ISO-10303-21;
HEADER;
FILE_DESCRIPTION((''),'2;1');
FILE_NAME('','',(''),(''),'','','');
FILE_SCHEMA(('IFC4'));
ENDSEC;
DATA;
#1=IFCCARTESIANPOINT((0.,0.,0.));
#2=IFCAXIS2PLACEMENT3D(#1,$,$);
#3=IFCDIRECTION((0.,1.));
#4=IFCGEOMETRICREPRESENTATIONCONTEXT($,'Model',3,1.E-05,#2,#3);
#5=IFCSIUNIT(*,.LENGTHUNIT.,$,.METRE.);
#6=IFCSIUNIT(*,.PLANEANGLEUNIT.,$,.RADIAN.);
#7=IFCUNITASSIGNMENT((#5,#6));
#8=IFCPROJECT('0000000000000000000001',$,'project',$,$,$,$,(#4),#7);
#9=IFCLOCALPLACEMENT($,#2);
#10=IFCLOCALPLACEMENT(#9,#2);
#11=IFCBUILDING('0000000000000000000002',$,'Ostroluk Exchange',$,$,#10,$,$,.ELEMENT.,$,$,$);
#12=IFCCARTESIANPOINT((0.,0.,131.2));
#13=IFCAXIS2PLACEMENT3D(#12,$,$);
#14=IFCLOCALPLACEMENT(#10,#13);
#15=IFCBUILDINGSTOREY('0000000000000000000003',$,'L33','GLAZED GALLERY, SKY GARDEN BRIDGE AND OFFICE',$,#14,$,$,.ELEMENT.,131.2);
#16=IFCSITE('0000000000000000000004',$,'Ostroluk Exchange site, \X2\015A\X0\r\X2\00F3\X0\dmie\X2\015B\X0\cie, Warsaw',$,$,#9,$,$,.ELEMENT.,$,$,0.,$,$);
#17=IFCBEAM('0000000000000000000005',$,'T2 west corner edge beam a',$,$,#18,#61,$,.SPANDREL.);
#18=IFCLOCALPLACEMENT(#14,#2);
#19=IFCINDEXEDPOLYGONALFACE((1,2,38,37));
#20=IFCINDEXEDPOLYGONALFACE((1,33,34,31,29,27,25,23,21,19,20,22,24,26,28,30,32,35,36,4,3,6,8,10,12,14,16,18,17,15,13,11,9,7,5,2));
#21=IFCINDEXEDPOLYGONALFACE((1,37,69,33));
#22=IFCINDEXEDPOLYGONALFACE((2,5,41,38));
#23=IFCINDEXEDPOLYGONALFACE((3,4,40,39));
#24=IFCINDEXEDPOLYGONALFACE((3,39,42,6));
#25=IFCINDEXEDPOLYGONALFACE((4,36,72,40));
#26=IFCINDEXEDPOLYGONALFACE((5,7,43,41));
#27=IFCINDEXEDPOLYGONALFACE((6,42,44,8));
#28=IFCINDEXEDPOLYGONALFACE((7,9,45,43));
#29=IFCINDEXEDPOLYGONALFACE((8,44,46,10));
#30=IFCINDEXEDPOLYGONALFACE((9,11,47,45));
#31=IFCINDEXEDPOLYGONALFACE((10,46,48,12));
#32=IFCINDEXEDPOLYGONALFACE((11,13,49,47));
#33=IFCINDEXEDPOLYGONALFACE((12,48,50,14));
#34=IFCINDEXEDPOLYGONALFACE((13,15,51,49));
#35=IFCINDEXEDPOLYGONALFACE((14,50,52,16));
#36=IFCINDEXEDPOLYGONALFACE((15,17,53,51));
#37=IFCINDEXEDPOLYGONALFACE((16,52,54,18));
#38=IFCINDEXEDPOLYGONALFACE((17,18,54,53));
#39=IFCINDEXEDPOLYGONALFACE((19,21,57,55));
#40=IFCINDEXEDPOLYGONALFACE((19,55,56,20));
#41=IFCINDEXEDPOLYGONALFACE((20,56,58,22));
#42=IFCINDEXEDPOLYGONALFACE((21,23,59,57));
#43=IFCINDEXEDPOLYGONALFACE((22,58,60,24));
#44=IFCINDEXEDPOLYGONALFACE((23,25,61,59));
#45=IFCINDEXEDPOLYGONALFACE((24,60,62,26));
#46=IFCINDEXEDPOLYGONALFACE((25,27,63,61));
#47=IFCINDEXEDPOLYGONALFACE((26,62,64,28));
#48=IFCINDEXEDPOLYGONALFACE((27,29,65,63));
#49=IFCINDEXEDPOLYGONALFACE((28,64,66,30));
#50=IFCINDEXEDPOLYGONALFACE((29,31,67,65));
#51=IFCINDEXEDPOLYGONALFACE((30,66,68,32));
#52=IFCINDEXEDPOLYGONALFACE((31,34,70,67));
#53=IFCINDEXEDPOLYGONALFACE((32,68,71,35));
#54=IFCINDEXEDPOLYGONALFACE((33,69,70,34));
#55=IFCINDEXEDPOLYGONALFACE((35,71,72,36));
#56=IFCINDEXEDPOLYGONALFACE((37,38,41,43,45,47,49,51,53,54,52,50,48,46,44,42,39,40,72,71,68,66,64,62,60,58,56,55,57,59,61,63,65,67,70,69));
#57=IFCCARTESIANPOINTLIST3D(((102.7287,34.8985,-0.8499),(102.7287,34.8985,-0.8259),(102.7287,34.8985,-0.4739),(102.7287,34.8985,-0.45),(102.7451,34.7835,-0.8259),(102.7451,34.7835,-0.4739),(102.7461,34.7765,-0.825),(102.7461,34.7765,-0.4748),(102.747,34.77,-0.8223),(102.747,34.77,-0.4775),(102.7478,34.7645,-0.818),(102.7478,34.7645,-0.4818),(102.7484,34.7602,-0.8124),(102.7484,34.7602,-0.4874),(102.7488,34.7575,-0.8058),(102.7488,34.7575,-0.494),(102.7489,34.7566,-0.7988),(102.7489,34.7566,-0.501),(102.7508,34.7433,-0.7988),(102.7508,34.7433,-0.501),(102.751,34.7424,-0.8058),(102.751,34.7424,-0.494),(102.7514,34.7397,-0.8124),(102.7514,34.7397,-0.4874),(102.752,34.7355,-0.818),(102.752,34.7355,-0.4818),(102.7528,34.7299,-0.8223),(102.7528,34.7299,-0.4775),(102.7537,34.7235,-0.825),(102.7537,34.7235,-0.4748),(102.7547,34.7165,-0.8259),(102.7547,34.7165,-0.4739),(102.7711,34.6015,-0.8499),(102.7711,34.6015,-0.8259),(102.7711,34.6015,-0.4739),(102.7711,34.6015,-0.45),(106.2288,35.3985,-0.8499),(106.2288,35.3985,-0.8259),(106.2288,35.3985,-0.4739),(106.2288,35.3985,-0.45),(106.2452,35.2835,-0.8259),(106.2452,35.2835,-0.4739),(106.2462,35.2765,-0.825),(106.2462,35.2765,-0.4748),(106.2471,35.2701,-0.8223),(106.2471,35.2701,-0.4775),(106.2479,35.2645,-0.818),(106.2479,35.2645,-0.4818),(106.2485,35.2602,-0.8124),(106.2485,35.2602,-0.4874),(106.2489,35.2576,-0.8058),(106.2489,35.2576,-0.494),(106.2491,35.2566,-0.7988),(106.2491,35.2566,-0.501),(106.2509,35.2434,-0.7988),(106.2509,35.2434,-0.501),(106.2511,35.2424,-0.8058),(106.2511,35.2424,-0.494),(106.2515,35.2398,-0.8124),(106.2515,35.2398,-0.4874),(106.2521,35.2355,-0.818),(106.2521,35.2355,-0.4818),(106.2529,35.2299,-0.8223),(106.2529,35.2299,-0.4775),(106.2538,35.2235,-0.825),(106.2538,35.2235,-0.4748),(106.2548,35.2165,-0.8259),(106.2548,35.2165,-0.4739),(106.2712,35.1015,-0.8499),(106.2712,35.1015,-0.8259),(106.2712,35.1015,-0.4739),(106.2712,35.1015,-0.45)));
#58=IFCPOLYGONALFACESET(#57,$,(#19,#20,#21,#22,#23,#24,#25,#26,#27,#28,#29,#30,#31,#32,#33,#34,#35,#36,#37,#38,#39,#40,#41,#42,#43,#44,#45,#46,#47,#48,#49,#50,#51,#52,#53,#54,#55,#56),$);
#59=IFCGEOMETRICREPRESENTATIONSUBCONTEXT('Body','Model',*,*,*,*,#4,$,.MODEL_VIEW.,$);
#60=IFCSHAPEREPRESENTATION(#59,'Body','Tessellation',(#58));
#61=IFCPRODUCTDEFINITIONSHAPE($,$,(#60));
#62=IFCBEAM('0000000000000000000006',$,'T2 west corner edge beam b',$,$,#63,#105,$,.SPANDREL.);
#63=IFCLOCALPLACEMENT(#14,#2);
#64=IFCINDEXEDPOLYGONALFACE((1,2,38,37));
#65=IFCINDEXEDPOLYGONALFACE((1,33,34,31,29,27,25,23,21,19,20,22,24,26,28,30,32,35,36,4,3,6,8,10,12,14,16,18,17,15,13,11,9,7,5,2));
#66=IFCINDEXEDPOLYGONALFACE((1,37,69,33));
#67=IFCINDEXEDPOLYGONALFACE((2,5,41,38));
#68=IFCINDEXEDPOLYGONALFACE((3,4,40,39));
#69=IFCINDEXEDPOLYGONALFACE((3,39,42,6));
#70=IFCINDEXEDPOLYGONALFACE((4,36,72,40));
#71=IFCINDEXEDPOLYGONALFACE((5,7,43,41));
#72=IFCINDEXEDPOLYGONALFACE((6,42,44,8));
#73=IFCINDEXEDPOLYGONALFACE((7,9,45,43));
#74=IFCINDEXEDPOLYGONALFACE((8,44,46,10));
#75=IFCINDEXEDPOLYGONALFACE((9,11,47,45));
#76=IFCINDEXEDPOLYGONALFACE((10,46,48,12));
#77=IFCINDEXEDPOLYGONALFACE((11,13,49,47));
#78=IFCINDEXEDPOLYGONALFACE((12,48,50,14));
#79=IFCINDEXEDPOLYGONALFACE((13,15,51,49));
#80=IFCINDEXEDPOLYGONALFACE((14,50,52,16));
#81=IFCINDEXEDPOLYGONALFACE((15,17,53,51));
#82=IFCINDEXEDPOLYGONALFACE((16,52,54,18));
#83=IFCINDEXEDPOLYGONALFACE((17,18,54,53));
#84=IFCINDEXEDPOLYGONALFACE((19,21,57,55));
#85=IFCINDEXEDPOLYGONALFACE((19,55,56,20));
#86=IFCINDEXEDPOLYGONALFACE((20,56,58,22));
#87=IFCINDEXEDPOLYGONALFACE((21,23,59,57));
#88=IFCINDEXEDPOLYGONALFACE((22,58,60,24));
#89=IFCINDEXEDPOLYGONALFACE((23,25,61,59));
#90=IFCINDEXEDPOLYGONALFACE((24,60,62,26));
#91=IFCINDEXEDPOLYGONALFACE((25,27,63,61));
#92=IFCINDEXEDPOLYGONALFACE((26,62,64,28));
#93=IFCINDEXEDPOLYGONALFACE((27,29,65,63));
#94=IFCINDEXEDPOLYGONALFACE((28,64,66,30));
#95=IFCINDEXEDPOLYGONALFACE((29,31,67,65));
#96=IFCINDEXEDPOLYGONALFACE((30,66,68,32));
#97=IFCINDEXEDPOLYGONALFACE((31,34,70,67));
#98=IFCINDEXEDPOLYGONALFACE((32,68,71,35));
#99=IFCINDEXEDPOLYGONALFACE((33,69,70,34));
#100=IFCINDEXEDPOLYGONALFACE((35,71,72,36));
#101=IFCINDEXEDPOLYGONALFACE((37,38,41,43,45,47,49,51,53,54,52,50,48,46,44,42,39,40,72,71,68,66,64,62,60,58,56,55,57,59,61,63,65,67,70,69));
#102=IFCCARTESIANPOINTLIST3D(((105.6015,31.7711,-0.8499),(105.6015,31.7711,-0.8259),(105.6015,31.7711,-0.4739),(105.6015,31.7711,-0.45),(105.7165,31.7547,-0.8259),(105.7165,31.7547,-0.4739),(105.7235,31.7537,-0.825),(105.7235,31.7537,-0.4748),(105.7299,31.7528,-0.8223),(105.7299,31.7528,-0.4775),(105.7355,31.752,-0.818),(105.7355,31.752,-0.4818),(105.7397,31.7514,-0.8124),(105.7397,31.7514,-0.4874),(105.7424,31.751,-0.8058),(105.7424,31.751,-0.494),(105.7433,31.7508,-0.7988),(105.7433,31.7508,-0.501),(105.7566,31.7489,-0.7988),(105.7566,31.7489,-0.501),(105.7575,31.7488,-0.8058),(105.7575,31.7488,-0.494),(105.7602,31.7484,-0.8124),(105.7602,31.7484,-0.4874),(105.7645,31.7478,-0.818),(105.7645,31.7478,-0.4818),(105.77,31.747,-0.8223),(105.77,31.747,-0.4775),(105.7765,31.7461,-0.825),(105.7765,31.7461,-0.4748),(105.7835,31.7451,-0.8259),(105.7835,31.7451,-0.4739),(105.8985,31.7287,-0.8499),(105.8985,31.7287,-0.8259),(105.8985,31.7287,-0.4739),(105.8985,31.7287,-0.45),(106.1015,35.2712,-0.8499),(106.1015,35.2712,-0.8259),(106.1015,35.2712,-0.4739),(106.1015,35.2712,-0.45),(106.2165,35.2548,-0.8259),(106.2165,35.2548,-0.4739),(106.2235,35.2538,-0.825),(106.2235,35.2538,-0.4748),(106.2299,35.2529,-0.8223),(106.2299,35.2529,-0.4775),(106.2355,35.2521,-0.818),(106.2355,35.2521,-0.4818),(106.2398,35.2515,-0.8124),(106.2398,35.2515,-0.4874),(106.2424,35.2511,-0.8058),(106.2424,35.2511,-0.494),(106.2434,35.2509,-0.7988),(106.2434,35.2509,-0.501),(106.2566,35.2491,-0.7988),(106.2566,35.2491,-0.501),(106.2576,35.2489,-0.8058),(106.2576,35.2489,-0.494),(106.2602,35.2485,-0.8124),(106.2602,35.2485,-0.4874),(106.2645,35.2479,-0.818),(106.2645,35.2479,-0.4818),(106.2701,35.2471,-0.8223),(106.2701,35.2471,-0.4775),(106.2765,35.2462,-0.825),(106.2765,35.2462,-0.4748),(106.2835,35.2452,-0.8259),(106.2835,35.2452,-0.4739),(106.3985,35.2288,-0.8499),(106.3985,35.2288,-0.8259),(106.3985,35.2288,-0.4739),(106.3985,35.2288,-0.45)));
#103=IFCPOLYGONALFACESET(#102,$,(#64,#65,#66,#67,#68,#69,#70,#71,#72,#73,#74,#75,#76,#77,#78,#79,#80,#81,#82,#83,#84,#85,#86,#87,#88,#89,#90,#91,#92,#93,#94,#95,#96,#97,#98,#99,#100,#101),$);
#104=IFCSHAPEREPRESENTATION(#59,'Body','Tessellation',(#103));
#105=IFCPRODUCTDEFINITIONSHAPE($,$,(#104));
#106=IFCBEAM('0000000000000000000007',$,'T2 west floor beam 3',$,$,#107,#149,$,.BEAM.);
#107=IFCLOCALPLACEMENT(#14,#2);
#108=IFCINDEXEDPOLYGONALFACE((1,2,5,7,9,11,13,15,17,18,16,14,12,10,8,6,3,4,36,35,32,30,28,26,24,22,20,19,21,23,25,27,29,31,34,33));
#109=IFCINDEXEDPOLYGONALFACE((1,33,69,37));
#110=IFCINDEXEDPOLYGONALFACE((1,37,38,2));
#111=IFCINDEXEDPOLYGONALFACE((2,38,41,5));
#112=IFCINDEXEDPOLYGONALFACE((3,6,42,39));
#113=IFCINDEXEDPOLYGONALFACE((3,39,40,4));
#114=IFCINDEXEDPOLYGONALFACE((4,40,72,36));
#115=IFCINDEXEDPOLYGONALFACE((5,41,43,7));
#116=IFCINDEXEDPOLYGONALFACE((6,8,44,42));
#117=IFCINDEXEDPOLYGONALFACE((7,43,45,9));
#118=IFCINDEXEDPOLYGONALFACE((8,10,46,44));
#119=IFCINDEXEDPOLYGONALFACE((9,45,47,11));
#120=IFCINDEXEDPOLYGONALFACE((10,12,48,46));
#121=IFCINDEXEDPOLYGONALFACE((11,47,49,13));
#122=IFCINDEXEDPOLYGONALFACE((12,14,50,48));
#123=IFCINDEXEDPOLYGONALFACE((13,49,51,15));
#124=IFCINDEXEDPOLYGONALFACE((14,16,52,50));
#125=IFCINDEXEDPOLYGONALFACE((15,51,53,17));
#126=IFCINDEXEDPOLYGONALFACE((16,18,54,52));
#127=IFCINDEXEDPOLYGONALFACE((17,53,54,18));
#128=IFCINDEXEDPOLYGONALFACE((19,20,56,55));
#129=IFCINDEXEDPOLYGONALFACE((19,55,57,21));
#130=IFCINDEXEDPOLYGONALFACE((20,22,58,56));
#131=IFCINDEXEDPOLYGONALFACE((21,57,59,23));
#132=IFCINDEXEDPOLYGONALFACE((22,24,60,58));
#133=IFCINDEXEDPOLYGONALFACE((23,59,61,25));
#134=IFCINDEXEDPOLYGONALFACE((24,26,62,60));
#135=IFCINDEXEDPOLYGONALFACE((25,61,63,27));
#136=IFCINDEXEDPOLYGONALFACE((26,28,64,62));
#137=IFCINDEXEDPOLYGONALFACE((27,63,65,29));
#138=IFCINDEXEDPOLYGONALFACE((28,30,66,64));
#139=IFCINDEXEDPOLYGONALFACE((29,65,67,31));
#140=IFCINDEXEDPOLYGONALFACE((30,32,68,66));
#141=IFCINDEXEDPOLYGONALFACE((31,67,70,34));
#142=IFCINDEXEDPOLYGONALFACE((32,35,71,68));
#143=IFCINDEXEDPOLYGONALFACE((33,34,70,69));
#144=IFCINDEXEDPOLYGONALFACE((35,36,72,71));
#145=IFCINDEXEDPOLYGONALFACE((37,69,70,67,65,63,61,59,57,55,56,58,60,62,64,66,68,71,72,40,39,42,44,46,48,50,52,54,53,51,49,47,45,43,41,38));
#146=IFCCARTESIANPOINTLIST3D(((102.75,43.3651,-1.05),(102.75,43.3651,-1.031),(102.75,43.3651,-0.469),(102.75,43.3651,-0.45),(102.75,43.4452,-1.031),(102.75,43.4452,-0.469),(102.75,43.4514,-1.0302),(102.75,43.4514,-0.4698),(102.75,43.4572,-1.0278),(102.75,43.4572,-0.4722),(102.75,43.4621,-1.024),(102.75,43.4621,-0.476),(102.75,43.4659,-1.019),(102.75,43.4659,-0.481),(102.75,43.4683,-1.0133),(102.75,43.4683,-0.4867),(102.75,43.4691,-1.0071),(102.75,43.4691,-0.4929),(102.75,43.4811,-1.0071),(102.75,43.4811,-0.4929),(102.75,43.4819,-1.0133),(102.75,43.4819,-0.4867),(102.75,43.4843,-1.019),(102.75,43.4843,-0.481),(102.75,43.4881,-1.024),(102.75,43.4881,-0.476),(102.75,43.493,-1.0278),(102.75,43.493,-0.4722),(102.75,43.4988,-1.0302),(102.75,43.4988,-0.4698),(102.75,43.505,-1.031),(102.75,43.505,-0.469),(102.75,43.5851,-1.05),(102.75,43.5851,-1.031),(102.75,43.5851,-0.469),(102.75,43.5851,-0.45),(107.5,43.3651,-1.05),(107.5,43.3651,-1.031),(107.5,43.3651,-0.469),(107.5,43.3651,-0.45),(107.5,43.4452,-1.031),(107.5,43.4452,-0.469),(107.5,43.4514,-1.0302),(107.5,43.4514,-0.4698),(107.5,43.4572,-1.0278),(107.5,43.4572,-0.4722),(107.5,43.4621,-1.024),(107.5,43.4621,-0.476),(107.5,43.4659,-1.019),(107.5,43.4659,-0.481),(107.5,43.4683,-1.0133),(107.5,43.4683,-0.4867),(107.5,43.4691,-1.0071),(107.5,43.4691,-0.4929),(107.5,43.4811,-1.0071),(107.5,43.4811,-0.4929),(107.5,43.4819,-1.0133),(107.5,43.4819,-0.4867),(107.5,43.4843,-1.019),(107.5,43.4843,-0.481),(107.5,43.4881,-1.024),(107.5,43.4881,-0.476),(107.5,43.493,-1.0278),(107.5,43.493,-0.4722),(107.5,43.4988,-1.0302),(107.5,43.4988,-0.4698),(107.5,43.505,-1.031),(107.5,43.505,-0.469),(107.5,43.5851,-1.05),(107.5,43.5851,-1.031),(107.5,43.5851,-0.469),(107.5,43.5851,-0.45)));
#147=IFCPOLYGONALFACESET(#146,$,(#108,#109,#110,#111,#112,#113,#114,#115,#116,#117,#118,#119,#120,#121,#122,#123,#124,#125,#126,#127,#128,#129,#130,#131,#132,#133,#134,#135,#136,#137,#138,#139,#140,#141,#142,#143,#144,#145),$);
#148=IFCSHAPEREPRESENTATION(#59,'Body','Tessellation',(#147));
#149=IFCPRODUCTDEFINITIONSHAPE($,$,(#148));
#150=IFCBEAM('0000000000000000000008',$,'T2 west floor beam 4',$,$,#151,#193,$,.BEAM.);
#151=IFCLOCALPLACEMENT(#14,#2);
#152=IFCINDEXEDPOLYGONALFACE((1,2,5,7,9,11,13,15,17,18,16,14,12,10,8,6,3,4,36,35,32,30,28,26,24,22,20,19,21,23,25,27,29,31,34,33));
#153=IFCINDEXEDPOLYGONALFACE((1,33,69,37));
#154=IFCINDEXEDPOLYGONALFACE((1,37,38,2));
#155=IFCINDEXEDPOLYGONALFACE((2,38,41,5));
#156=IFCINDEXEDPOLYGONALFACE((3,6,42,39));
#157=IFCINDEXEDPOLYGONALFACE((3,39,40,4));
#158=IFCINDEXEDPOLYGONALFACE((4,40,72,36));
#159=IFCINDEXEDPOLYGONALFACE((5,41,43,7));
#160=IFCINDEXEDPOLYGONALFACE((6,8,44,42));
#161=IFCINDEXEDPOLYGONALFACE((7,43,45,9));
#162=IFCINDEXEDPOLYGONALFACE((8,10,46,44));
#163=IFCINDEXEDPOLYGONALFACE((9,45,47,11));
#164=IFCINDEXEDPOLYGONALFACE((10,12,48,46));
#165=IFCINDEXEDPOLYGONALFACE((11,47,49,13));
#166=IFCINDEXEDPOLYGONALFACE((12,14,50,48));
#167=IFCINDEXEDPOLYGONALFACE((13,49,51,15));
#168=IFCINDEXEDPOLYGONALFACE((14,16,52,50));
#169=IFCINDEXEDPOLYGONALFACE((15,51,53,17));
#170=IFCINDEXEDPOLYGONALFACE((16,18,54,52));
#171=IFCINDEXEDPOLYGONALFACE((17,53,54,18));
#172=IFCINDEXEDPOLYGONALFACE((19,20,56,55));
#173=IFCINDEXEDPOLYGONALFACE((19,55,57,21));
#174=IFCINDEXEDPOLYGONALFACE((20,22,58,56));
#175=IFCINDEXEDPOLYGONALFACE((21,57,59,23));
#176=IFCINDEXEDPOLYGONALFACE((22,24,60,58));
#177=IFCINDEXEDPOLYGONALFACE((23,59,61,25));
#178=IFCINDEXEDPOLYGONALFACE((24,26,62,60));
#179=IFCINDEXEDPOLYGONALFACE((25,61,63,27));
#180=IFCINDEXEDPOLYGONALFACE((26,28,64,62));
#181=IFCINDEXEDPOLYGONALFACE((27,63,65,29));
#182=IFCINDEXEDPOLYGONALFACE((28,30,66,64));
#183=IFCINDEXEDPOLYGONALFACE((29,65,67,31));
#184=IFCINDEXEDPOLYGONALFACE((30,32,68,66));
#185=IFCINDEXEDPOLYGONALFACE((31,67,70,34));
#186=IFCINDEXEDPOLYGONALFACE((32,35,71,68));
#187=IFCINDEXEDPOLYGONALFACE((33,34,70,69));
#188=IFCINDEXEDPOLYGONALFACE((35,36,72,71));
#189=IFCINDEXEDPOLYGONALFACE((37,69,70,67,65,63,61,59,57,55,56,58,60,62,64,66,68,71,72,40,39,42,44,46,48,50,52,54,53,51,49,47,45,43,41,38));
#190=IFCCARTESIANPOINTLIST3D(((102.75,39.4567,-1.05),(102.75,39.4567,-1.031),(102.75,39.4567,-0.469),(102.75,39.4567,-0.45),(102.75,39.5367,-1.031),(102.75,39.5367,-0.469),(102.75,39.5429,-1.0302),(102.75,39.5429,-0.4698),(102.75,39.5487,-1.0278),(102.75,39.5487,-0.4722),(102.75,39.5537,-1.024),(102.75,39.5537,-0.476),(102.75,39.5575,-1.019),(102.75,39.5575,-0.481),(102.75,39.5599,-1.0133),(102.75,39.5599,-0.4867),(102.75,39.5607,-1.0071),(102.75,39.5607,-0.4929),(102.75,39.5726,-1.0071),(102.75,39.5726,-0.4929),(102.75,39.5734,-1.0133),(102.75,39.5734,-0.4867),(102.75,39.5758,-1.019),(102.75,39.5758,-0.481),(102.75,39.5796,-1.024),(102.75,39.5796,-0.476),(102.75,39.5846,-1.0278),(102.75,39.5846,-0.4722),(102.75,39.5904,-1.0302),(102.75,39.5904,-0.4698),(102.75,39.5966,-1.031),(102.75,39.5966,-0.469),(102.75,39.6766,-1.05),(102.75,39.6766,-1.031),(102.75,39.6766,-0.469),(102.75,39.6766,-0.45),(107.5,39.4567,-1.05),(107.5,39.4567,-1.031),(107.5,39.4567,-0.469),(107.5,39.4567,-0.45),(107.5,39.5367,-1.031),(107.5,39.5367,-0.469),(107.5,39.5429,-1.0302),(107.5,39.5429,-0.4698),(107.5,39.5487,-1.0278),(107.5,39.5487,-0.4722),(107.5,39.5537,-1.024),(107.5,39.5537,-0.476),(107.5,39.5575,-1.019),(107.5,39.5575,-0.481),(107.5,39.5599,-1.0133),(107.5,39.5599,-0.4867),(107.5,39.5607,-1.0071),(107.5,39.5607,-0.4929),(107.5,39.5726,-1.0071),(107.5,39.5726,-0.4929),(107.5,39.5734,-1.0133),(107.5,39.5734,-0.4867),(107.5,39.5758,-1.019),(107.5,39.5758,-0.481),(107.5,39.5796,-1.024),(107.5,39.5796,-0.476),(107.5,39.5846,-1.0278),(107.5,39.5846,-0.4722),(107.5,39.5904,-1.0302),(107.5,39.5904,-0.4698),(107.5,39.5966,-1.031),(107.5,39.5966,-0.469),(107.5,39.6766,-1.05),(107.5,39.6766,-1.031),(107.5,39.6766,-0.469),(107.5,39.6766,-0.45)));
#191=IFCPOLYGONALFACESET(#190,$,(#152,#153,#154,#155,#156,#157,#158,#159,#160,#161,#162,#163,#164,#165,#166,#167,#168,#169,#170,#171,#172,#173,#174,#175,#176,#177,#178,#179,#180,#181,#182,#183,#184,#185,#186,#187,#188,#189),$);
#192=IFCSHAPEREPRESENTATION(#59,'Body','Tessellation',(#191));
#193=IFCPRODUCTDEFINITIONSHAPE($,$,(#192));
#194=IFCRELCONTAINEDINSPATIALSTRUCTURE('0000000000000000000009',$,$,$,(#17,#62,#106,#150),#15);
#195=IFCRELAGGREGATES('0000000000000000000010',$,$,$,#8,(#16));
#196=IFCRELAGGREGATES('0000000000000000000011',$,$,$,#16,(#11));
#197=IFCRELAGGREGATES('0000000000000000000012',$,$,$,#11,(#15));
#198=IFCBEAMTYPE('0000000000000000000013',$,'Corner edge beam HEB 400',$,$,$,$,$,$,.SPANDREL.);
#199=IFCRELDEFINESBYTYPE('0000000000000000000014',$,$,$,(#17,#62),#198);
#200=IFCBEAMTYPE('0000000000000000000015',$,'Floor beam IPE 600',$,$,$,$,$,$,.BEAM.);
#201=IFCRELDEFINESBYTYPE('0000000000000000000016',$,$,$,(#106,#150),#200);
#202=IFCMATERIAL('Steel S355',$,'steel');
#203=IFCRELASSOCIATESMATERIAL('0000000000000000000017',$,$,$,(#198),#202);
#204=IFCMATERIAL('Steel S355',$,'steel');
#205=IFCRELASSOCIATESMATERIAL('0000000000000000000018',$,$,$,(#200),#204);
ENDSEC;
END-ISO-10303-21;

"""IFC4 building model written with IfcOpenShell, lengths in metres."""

from ifc_helpers import new_model, si_unit, direction, frame, origin, origin_2d, place, context, subcontext, project, spatial, i_section, extrude, material, material_profile, profile_set, type_object, element, save


model = new_model("IFC4")

# Units and contexts
model_context = context("Model", 3, precision=1e-05, world=origin(), true_north=direction((0.0, 1.0)))
body_context = subcontext(model_context, "Body", "Model", "MODEL_VIEW")
ifc_project = project(units=[si_unit("LENGTHUNIT", "METRE"), si_unit("PLANEANGLEUNIT", "RADIAN")], contexts=[model_context])

# Site, building, storey
site_placement = place(None, origin())
site = spatial("IfcSite", under=ifc_project, at=site_placement, Name="Ostroluk Exchange site, Śródmieście, Warsaw", CompositionType="ELEMENT", RefElevation=0.0)
building_placement = place(site_placement, origin())
building = spatial("IfcBuilding", under=site, at=building_placement, Name="Ostroluk Exchange", CompositionType="ELEMENT")
storey_placement = place(building_placement, frame((0.0, 0.0, 131.2)))
storey = spatial("IfcBuildingStorey", under=building, at=storey_placement, Name="L33", Description="GLAZED GALLERY, SKY GARDEN BRIDGE AND OFFICE", CompositionType="ELEMENT", Elevation=131.2)

# Beams
ifc_material_1 = material(Name="Steel S355", Category="steel")
ifc_material_profile_1 = material_profile(ifc_material_1, i_section(OverallWidth=0.3, OverallDepth=0.3999, WebThickness=0.0134, FlangeThickness=0.0239, FilletRadius=0.0271, at=origin_2d()), Name="HEB 400")
ifc_profile_set_1 = profile_set([ifc_material_profile_1], Name="Steel S355")
beam_type_1 = type_object("IfcBeamType", Name="Corner edge beam HEB 400", PredefinedType="SPANDREL", material=ifc_profile_set_1)
for number, where, z_axis, x_axis, name in (
    (1, (106.25, 35.25, -0.6499), (-0.989949, -0.141421, 0.0), (0.141421, -0.989949, 0.0), "T2 west corner edge beam a"),
    (2, (106.25, 35.25, -0.6499), (-0.141421, -0.989949, 0.0), (0.989949, -0.141421, 0.0), "T2 west corner edge beam b"),
):
    element("IfcBeam", number, at=place(storey_placement, frame(where, z_axis=z_axis, x_axis=x_axis)), inside=storey, type_object=beam_type_1, Name=name, PredefinedType="SPANDREL", context=body_context, shape_type="SweptSolid", body=[
        extrude(i_section(OverallWidth=0.3, OverallDepth=0.3999, WebThickness=0.0134, FlangeThickness=0.0239, FilletRadius=0.0271, at=origin_2d()), origin(), (0.0, 0.0, 1.0), 3.5356),
    ])
ifc_material_2 = material(Name="Steel S355", Category="steel")
ifc_material_profile_2 = material_profile(ifc_material_2, i_section(OverallWidth=0.22, OverallDepth=0.6001, WebThickness=0.012, FlangeThickness=0.019, FilletRadius=0.0239, at=origin_2d()), Name="IPE 600")
ifc_profile_set_2 = profile_set([ifc_material_profile_2], Name="Steel S355")
beam_type_2 = type_object("IfcBeamType", Name="Floor beam IPE 600", PredefinedType="BEAM", material=ifc_profile_set_2)
for number, where, z_axis, x_axis, name in (
    (3, (107.5, 43.4751, -0.75), (-1.0, 0.0, 0.0), (0.0, -1.0, 0.0), "T2 west floor beam 3"),
    (4, (107.5, 39.5667, -0.75), (-1.0, 0.0, 0.0), (0.0, -1.0, 0.0), "T2 west floor beam 4"),
):
    element("IfcBeam", number, at=place(storey_placement, frame(where, z_axis=z_axis, x_axis=x_axis)), inside=storey, type_object=beam_type_2, Name=name, PredefinedType="BEAM", context=body_context, shape_type="SweptSolid", body=[
        extrude(i_section(OverallWidth=0.22, OverallDepth=0.6001, WebThickness=0.012, FlangeThickness=0.019, FilletRadius=0.0239, at=origin_2d()), origin(), (0.0, 0.0, 1.0), 4.75),
    ])

save(model, "model.ifc")
